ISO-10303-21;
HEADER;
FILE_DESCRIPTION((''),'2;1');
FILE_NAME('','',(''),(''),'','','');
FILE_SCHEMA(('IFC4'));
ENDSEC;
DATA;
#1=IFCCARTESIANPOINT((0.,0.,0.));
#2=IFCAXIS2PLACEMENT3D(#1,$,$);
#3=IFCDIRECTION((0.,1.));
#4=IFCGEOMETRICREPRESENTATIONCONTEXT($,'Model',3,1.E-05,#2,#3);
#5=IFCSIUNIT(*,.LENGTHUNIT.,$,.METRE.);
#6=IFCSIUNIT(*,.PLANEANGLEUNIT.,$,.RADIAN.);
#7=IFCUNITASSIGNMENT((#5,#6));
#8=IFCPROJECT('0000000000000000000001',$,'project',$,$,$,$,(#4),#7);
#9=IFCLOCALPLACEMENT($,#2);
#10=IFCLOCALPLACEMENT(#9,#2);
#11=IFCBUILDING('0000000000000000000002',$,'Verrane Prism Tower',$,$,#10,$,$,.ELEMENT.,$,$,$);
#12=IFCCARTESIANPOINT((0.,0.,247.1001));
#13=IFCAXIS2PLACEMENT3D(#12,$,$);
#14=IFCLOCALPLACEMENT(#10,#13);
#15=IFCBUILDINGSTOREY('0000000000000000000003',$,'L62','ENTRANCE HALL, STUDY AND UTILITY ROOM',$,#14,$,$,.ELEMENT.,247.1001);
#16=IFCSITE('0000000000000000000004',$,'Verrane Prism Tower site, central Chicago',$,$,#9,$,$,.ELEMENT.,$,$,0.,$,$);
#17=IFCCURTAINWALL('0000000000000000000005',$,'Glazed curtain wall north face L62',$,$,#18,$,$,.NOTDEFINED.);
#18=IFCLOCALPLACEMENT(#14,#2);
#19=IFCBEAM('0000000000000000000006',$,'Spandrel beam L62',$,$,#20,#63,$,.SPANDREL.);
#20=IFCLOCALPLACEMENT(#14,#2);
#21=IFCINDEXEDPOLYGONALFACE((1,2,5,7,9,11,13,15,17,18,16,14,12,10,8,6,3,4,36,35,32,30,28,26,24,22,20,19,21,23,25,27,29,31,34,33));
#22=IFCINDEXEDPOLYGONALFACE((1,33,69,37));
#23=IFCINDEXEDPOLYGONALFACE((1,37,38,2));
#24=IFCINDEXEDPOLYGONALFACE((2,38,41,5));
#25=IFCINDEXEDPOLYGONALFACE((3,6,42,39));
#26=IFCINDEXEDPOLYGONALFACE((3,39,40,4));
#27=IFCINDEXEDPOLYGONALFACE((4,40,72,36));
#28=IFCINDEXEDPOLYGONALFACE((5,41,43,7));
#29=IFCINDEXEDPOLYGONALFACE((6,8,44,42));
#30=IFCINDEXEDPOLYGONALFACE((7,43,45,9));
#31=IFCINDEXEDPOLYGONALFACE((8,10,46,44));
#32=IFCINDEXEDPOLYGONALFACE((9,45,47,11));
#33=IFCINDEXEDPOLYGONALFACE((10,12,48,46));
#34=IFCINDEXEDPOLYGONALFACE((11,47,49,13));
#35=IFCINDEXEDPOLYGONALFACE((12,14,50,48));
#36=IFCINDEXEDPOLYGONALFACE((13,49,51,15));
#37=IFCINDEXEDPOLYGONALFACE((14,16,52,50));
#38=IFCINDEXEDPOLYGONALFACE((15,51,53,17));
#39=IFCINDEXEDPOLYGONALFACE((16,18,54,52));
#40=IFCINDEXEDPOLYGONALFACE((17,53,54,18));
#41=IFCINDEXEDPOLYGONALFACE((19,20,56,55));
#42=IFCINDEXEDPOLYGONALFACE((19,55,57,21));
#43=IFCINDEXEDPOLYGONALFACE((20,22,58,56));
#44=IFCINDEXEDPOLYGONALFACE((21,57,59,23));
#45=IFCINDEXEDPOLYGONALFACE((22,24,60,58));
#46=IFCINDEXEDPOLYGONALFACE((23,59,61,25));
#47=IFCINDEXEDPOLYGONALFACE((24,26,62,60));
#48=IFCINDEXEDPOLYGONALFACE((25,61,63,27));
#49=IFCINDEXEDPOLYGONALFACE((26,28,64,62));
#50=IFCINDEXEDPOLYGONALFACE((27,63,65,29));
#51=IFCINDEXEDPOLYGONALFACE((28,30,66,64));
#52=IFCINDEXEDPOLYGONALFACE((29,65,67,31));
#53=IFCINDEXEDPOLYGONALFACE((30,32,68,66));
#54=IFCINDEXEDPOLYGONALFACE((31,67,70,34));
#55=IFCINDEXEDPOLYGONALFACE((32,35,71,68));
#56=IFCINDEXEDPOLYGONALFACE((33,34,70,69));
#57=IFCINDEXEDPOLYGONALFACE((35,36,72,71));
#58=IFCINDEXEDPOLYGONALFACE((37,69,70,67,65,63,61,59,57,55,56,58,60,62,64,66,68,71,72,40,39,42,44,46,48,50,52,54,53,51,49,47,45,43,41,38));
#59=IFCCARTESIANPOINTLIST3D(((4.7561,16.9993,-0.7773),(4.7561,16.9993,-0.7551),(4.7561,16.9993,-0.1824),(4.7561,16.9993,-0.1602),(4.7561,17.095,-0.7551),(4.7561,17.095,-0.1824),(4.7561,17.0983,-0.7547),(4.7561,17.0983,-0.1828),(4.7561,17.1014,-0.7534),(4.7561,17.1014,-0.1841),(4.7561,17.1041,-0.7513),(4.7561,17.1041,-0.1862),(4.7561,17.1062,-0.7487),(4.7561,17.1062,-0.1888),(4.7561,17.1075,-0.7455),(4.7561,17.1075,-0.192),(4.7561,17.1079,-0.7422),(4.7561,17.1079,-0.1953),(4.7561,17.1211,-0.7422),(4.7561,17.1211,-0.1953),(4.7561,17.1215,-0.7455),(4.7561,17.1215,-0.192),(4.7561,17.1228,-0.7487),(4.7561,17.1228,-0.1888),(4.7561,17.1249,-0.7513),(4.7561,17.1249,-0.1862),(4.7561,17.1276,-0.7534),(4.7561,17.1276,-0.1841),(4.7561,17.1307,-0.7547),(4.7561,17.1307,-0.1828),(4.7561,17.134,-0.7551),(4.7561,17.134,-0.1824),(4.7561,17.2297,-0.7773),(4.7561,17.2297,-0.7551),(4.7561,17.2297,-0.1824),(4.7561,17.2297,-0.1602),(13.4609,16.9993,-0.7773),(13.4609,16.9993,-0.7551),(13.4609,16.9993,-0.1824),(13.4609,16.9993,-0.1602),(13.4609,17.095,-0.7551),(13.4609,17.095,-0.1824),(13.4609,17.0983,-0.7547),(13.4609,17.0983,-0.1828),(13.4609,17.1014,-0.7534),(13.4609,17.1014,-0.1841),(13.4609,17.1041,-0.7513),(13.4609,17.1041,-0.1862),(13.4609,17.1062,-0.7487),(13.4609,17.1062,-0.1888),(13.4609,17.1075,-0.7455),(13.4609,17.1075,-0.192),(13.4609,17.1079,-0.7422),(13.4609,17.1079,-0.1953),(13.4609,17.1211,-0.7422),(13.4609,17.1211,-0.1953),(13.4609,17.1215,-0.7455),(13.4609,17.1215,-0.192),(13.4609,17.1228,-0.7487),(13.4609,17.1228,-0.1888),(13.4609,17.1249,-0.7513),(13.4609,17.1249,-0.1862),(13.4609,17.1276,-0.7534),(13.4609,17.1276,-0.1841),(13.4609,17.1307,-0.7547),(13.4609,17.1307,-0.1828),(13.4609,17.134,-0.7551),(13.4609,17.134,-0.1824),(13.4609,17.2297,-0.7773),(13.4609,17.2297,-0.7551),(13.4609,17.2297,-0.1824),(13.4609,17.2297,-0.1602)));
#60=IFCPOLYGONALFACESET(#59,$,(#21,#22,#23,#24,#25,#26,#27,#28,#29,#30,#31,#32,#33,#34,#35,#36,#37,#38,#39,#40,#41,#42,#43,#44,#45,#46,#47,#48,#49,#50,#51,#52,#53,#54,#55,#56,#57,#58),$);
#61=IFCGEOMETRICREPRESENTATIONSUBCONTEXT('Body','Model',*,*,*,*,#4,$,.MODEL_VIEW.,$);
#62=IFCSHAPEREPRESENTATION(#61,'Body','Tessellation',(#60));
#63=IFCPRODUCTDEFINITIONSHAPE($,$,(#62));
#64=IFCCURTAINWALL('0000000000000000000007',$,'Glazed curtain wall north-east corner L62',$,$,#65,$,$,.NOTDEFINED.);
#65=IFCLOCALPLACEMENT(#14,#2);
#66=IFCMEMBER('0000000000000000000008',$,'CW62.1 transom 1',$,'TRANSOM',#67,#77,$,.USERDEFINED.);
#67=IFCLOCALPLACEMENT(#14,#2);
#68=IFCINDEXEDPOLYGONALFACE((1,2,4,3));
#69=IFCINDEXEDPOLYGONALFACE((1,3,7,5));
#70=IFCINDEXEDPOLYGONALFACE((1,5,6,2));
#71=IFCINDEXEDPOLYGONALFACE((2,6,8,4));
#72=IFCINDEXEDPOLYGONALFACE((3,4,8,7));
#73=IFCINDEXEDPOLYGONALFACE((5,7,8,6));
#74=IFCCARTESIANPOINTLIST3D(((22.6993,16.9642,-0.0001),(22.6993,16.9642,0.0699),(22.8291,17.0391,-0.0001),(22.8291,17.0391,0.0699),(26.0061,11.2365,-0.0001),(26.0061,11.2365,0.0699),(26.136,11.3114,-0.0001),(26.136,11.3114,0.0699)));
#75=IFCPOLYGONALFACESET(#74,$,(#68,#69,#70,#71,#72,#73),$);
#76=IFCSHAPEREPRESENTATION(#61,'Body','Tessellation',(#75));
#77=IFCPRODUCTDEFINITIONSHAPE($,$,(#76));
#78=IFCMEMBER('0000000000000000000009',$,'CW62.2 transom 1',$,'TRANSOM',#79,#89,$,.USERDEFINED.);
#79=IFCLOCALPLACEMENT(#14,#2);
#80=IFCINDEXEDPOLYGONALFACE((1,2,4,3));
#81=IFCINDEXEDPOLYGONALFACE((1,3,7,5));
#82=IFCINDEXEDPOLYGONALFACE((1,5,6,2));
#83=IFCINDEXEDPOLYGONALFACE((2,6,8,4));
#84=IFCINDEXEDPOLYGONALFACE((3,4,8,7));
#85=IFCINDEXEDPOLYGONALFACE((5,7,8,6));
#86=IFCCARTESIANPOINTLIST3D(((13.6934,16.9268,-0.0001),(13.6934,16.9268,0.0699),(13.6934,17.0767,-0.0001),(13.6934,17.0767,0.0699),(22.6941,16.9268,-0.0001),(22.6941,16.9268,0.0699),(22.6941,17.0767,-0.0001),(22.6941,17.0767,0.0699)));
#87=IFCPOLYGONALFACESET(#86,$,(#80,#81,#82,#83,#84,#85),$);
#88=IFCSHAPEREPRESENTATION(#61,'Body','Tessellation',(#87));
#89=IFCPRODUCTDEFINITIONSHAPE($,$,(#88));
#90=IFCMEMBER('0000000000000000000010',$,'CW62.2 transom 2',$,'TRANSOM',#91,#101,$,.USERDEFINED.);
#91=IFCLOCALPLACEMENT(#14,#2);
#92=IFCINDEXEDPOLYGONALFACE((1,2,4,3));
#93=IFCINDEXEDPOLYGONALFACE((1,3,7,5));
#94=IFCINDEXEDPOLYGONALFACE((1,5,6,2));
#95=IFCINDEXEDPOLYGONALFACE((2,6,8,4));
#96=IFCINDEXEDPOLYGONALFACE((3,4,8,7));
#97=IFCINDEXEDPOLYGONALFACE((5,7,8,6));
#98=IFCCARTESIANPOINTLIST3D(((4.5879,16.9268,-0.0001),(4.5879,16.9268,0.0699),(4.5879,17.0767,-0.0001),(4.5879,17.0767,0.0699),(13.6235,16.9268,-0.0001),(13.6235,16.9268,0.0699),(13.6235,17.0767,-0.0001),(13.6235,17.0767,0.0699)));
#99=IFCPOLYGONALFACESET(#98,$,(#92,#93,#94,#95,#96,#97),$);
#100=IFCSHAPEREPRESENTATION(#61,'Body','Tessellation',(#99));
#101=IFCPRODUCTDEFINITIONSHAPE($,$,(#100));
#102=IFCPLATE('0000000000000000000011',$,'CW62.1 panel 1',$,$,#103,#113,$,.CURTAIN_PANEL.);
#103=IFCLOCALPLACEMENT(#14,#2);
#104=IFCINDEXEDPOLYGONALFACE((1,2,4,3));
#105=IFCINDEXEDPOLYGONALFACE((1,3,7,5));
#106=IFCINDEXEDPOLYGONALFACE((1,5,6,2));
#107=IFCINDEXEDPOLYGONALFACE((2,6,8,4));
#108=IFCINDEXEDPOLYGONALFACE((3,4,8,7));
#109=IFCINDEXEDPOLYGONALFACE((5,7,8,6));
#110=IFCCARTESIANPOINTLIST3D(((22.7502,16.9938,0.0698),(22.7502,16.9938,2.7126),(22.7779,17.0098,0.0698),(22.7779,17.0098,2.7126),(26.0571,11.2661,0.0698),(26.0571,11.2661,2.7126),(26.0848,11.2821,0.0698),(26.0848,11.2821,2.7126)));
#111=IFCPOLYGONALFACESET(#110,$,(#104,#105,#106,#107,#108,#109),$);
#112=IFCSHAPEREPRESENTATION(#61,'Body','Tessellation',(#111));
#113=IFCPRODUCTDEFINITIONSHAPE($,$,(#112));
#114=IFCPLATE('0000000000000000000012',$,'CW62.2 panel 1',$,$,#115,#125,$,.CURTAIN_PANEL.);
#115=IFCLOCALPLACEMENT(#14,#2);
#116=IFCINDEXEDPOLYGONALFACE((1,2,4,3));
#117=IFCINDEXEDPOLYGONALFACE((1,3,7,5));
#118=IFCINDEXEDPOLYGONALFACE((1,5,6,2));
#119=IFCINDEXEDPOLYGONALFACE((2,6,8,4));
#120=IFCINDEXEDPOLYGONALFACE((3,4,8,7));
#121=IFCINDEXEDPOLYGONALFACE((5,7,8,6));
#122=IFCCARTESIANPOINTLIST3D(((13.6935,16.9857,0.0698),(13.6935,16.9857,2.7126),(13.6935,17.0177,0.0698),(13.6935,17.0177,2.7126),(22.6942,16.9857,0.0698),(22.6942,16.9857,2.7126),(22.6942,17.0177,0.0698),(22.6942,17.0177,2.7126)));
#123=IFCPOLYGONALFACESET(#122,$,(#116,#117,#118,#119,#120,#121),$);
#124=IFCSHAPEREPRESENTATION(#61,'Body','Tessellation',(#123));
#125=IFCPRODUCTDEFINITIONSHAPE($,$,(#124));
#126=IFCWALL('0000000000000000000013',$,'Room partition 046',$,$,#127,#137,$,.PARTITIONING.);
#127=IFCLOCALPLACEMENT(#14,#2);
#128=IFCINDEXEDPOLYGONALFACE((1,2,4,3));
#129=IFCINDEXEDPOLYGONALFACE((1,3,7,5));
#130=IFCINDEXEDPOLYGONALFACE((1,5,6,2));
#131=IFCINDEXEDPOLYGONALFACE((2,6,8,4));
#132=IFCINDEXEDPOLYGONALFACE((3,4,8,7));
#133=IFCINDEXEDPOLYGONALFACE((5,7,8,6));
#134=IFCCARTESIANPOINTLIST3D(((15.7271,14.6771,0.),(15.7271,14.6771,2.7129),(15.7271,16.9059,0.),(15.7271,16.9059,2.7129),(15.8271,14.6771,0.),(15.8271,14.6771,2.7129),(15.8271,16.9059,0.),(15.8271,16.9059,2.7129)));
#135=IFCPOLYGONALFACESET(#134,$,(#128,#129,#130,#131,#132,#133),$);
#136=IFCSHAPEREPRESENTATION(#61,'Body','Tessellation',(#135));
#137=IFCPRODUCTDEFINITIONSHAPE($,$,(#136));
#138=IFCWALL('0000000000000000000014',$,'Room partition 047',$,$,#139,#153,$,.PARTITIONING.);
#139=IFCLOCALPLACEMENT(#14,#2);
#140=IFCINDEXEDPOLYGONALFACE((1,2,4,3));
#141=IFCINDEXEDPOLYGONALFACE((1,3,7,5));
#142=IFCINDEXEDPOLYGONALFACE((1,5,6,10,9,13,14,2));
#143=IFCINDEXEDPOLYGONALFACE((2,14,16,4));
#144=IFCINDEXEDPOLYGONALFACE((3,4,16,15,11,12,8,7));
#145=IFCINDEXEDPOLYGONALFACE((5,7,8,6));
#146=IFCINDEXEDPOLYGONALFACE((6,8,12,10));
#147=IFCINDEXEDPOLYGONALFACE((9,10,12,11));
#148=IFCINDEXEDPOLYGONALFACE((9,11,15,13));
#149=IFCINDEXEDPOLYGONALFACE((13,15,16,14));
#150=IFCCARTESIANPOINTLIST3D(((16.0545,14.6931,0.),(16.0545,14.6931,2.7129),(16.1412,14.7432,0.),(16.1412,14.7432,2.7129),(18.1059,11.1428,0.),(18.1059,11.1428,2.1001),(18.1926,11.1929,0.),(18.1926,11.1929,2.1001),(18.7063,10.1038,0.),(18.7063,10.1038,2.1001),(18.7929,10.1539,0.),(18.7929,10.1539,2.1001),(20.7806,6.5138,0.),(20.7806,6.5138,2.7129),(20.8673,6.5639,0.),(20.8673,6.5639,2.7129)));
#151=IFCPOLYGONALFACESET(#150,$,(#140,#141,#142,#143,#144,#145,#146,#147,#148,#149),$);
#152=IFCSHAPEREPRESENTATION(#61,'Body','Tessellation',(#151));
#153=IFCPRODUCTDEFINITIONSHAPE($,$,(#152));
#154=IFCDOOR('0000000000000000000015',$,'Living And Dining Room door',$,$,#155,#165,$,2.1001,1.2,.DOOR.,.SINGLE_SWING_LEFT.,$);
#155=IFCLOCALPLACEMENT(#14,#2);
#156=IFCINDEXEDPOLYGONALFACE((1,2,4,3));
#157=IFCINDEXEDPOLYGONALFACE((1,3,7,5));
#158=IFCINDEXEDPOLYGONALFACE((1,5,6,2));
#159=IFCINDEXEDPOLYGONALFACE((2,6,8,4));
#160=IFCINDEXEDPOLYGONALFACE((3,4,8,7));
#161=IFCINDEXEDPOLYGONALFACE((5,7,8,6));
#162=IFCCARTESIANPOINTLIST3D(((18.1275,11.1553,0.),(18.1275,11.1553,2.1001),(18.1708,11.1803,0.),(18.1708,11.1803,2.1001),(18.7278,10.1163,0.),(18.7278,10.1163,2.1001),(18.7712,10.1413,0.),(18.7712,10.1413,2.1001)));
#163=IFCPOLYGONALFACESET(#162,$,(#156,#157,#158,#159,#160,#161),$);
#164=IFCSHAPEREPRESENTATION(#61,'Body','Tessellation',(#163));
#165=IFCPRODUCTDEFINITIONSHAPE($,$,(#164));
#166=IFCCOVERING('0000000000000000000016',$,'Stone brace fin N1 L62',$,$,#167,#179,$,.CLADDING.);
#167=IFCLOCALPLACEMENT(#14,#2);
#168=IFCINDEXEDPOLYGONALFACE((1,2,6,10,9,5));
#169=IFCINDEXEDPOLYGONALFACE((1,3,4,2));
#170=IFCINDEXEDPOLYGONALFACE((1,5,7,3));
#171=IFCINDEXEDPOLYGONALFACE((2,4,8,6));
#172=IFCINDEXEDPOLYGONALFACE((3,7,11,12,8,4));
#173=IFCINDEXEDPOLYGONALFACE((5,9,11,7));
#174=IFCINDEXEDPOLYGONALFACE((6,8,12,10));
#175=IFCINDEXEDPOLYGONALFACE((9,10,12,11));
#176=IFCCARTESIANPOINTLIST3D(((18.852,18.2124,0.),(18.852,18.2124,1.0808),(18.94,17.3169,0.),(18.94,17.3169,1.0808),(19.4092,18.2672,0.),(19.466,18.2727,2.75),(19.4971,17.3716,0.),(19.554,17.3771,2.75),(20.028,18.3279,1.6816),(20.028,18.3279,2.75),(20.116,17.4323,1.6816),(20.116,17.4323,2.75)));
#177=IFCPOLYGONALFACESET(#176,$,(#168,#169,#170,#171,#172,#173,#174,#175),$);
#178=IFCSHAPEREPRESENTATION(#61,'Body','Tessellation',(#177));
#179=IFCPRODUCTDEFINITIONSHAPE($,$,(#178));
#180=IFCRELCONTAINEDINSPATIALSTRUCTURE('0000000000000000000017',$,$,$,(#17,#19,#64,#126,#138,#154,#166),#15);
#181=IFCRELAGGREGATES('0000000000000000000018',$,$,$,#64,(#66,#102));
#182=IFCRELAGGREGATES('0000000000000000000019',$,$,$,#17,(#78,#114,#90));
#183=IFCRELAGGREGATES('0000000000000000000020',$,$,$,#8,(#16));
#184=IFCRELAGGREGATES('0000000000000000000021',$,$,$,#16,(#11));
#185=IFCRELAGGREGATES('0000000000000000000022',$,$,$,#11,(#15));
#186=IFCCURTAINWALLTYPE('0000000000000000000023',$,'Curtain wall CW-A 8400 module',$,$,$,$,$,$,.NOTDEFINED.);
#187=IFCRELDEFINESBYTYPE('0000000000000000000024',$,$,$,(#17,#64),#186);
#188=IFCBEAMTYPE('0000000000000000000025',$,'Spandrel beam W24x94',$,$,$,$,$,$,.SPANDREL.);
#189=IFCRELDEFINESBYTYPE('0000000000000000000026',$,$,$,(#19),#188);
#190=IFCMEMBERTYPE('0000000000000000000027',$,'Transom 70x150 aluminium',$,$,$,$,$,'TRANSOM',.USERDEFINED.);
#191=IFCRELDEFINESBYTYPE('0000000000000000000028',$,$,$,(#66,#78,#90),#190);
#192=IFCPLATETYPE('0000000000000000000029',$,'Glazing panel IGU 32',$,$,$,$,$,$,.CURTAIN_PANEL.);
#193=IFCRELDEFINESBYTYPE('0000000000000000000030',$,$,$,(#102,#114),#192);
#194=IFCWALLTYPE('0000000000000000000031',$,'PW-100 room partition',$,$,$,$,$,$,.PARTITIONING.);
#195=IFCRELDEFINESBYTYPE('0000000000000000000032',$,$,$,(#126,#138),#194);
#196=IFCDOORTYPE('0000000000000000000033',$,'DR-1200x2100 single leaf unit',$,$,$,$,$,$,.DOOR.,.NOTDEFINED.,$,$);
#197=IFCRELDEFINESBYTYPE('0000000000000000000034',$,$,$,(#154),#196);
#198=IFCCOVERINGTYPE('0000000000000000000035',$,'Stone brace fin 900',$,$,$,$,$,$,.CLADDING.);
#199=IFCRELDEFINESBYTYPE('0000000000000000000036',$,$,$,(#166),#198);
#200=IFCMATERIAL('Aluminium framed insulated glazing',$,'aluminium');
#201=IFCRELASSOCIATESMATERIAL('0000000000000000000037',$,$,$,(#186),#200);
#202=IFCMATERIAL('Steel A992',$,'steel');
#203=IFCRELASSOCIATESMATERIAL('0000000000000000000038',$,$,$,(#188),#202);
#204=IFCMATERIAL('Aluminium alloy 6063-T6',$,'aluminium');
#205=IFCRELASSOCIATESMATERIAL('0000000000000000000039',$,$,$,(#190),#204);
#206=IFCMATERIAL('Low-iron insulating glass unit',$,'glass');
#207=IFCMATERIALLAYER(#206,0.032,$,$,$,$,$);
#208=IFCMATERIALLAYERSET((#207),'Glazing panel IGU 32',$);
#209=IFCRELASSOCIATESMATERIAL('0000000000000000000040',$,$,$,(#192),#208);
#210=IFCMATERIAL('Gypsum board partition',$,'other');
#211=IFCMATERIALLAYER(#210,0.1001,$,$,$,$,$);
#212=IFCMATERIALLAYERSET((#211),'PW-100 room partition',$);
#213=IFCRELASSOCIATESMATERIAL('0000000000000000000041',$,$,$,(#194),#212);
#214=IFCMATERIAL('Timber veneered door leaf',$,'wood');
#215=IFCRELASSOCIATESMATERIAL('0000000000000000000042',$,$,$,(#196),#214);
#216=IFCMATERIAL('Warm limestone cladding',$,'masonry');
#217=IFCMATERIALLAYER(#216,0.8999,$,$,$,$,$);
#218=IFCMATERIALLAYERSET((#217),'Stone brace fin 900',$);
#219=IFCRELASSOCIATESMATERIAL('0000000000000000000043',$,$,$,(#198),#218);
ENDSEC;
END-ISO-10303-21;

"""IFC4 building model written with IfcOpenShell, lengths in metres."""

from ifc_helpers import new_model, si_unit, direction, frame, frame_2d, origin, origin_2d, place, context, subcontext, project, spatial, polyline, rectangle, i_section, outline, extrude, material, layer, layer_set, material_profile, profile_set, type_object, element, fill, aggregate, save


model = new_model("IFC4")

# Units and contexts
model_context = context("Model", 3, precision=1e-05, world=origin(), true_north=direction((0.0, 1.0)))
body_context = subcontext(model_context, "Body", "Model", "MODEL_VIEW")
ifc_project = project(units=[si_unit("LENGTHUNIT", "METRE"), si_unit("PLANEANGLEUNIT", "RADIAN")], contexts=[model_context])

# Site, building, storey
site_placement = place(None, origin())
site = spatial("IfcSite", under=ifc_project, at=site_placement, Name="Verrane Prism Tower site, central Chicago", CompositionType="ELEMENT", RefElevation=0.0)
building_placement = place(site_placement, origin())
building = spatial("IfcBuilding", under=site, at=building_placement, Name="Verrane Prism Tower", CompositionType="ELEMENT")
storey_placement = place(building_placement, frame((0.0, 0.0, 247.1001)))
storey = spatial("IfcBuildingStorey", under=building, at=storey_placement, Name="L62", Description="ENTRANCE HALL, STUDY AND UTILITY ROOM", CompositionType="ELEMENT", Elevation=247.1001)

# Curtain wall
ifc_material_1 = material(Name="Aluminium framed insulated glazing", Category="aluminium")
curtain_wall_type = type_object("IfcCurtainWallType", Name="Curtain wall CW-A 8400 module", PredefinedType="NOTDEFINED", material=ifc_material_1)
curtain_wall_1_placement = place(storey_placement, origin())
curtain_wall_1 = element("IfcCurtainWall", 1, at=curtain_wall_1_placement, inside=storey, type_object=curtain_wall_type, Name="Glazed curtain wall north face L62", PredefinedType="NOTDEFINED")

# Beam
ifc_material_2 = material(Name="Steel A992", Category="steel")
ifc_material_profile_1 = material_profile(ifc_material_2, i_section(OverallWidth=0.2305, OverallDepth=0.6172, WebThickness=0.0132, FlangeThickness=0.0222, FilletRadius=0.0129, at=origin_2d()), Name="W24x94")
ifc_profile_set_1 = profile_set([ifc_material_profile_1], Name="Steel A992")
beam_type_1 = type_object("IfcBeamType", Name="Spandrel beam W24x94", PredefinedType="SPANDREL", material=ifc_profile_set_1)
beam_1_placement = place(storey_placement, frame((13.4609, 17.1145, -0.4688), z_axis=(-1.0, 0.0, 0.0), x_axis=(0.0, -1.0, 0.0)))
element("IfcBeam", 2, at=beam_1_placement, inside=storey, type_object=beam_type_1, Name="Spandrel beam L62", PredefinedType="SPANDREL", context=body_context, shape_type="SweptSolid", body=[
    extrude(i_section(OverallWidth=0.2305, OverallDepth=0.6172, WebThickness=0.0132, FlangeThickness=0.0222, FilletRadius=0.0129, at=origin_2d()), origin(), (0.0, 0.0, 1.0), 8.7048),
])

# Curtain wall, member
curtain_wall_2_placement = place(storey_placement, origin())
curtain_wall_2 = element("IfcCurtainWall", 3, at=curtain_wall_2_placement, inside=storey, type_object=curtain_wall_type, Name="Glazed curtain wall north-east corner L62", PredefinedType="NOTDEFINED")
ifc_material_3 = material(Name="Aluminium alloy 6063-T6", Category="aluminium")
ifc_material_profile_2 = material_profile(ifc_material_3, rectangle(XDim=0.1499, YDim=0.0701, at=origin_2d()), Name="Transom 70x150 aluminium")
ifc_profile_set_2 = profile_set([ifc_material_profile_2], Name="Aluminium alloy 6063-T6")
member_type_1 = type_object("IfcMemberType", Name="Transom 70x150 aluminium", ElementType="TRANSOM", PredefinedType="USERDEFINED", material=ifc_profile_set_2)
member_1_placement = place(storey_placement, frame((26.071, 11.2739, 0.0349), z_axis=(-0.499994, 0.866029, 0.0), x_axis=(-0.866029, -0.499994, 0.0)))
member_1 = element("IfcMember", 4, at=member_1_placement, type_object=member_type_1, Name="CW62.1 transom 1", ObjectType="TRANSOM", PredefinedType="USERDEFINED", context=body_context, shape_type="SweptSolid", body=[
    extrude(rectangle(XDim=0.1499, YDim=0.0701, at=origin_2d()), origin(), (0.0, 0.0, 1.0), 6.6138),
])

# Members
member_2_placement = place(storey_placement, frame((22.6941, 17.0017, 0.0349), z_axis=(-1.0, 0.0, 0.0), x_axis=(0.0, -1.0, 0.0)))
member_2 = element("IfcMember", 5, at=member_2_placement, type_object=member_type_1, Name="CW62.2 transom 1", ObjectType="TRANSOM", PredefinedType="USERDEFINED", context=body_context, shape_type="SweptSolid", body=[
    extrude(rectangle(XDim=0.1499, YDim=0.0701, at=origin_2d()), origin(), (0.0, 0.0, 1.0), 9.0007),
])
member_3_placement = place(storey_placement, frame((13.6235, 17.0017, 0.0349), z_axis=(-1.0, 0.0, 0.0), x_axis=(0.0, -1.0, 0.0)))
member_3 = element("IfcMember", 6, at=member_3_placement, type_object=member_type_1, Name="CW62.2 transom 2", ObjectType="TRANSOM", PredefinedType="USERDEFINED", context=body_context, shape_type="SweptSolid", body=[
    extrude(rectangle(XDim=0.1499, YDim=0.0701, at=origin_2d()), origin(), (0.0, 0.0, 1.0), 9.0356),
])

# Plates
ifc_material_4 = material(Name="Low-iron insulating glass unit", Category="glass")
ifc_layer_1 = layer(ifc_material_4, 0.032)
ifc_layer_set_1 = layer_set([ifc_layer_1], Name="Glazing panel IGU 32")
plate_type = type_object("IfcPlateType", Name="Glazing panel IGU 32", PredefinedType="CURTAIN_PANEL", material=ifc_layer_set_1)
plate_1_placement = place(storey_placement, frame((24.4175, 14.1379, 0.0698), z_axis=(0.0, 0.0, 1.0), x_axis=(-0.499996, 0.866028, 0.0)))
plate_1 = element("IfcPlate", 7, at=plate_1_placement, type_object=plate_type, Name="CW62.1 panel 1", PredefinedType="CURTAIN_PANEL", context=body_context, shape_type="SweptSolid", body=[
    extrude(rectangle(XDim=6.6138, YDim=0.032, at=origin_2d()), origin(), (0.0, 0.0, 1.0), 2.6428),
])
aggregate(curtain_wall_2, [member_1, plate_1])
plate_2_placement = place(storey_placement, frame((18.1938, 17.0017, 0.0698), z_axis=(0.0, 0.0, 1.0), x_axis=(-1.0, 0.0, 0.0)))
plate_2 = element("IfcPlate", 8, at=plate_2_placement, type_object=plate_type, Name="CW62.2 panel 1", PredefinedType="CURTAIN_PANEL", context=body_context, shape_type="SweptSolid", body=[
    extrude(rectangle(XDim=9.0007, YDim=0.032, at=origin_2d()), origin(), (0.0, 0.0, 1.0), 2.6428),
])
aggregate(curtain_wall_1, [member_2, plate_2, member_3])

# Wall
ifc_material_5 = material(Name="Gypsum board partition", Category="other")
ifc_layer_2 = layer(ifc_material_5, 0.1001)
ifc_layer_set_2 = layer_set([ifc_layer_2], Name="PW-100 room partition")
wall_type = type_object("IfcWallType", Name="PW-100 room partition", PredefinedType="PARTITIONING", material=ifc_layer_set_2)
wall_1_placement = place(storey_placement, frame((15.7771, 14.6772, 0.0), z_axis=(0.0, 0.0, 1.0), x_axis=(0.0, 1.0, 0.0)))
element("IfcWall", 9, at=wall_1_placement, inside=storey, type_object=wall_type, Name="Room partition 046", PredefinedType="PARTITIONING", context=body_context, shape_type="SweptSolid", body=[
    extrude(rectangle(XDim=2.2288, YDim=0.1001, at=frame_2d((1.1143, 0.0))), origin(), (0.0, 0.0, 1.0), 2.7129),
])

# Wall, opening, door
wall_2_placement = place(storey_placement, frame((16.0979, 14.718, 0.0), z_axis=(0.0, 0.0, 1.0), x_axis=(0.500303, -0.865851, 0.0)))
wall_2 = element("IfcWall", 10, at=wall_2_placement, inside=storey, type_object=wall_type, Name="Room partition 047", PredefinedType="PARTITIONING", context=body_context, shape_type="SweptSolid", body=[
    extrude(rectangle(XDim=9.4465, YDim=0.1001, at=frame_2d((4.7231, 0.0))), origin(), (0.0, 0.0, 1.0), 2.7129),
])
opening_placement = place(wall_2_placement, frame((4.1001, 0.0, 0.0)))
opening = element("IfcOpeningElement", 11, at=opening_placement, cuts=wall_2, PredefinedType="OPENING", context=body_context, shape_type="SweptSolid", body=[
    extrude(rectangle(XDim=1.2, YDim=2.1001, at=frame_2d((0.6001, 1.05))), frame((0.0, 0.0601, 0.0), z_axis=(0.0, -1.0, 0.0), x_axis=(1.0, 0.0, 0.0)), (0.0, 0.0, 1.0), 0.1201),
])
ifc_material_6 = material(Name="Timber veneered door leaf", Category="wood")
door_type = type_object("IfcDoorType", Name="DR-1200x2100 single leaf unit", OperationType="NOTDEFINED", PredefinedType="DOOR", material=ifc_material_6)
door_placement = place(opening_placement, origin())
door = element("IfcDoor", 12, at=door_placement, inside=storey, type_object=door_type, Name="Living And Dining Room door", OperationType="SINGLE_SWING_LEFT", OverallHeight=2.1001, OverallWidth=1.2, PredefinedType="DOOR", context=body_context, shape_type="SweptSolid", body=[
    extrude(rectangle(XDim=1.2, YDim=2.1001, at=frame_2d((0.6001, 1.05))), frame((0.0, 0.0249, 0.0), z_axis=(0.0, -1.0, 0.0), x_axis=(1.0, 0.0, 0.0)), (0.0, 0.0, 1.0), 0.05),
])
fill(opening, door)

# Covering
ifc_material_7 = material(Name="Warm limestone cladding", Category="masonry")
ifc_layer_3 = layer(ifc_material_7, 0.8999)
ifc_layer_set_3 = layer_set([ifc_layer_3], Name="Stone brace fin 900")
covering_type = type_object("IfcCoveringType", Name="Stone brace fin 900", PredefinedType="CLADDING", material=ifc_layer_set_3)
covering_placement = place(storey_placement, frame((18.896, 17.7646, 0.0), z_axis=(0.0, 0.0, 1.0), x_axis=(0.995214, 0.097724, 0.0)))
element("IfcCovering", 13, at=covering_placement, inside=storey, type_object=covering_type, Name="Stone brace fin N1 L62", PredefinedType="CLADDING", context=body_context, shape_type="SweptSolid", body=[
    extrude(outline(polyline([(1.1816, 2.75), (0.6169, 2.75), (0.0, 1.0808), (0.0, 0.0), (0.5598, 0.0), (1.1816, 1.6816), (1.1816, 2.75)])), frame((0.0, 0.45, 0.0), z_axis=(0.0, -1.0, 0.0), x_axis=(1.0, 0.0, 0.0)), (0.0, 0.0, 1.0), 0.8999),
])

save(model, "model.ifc")
